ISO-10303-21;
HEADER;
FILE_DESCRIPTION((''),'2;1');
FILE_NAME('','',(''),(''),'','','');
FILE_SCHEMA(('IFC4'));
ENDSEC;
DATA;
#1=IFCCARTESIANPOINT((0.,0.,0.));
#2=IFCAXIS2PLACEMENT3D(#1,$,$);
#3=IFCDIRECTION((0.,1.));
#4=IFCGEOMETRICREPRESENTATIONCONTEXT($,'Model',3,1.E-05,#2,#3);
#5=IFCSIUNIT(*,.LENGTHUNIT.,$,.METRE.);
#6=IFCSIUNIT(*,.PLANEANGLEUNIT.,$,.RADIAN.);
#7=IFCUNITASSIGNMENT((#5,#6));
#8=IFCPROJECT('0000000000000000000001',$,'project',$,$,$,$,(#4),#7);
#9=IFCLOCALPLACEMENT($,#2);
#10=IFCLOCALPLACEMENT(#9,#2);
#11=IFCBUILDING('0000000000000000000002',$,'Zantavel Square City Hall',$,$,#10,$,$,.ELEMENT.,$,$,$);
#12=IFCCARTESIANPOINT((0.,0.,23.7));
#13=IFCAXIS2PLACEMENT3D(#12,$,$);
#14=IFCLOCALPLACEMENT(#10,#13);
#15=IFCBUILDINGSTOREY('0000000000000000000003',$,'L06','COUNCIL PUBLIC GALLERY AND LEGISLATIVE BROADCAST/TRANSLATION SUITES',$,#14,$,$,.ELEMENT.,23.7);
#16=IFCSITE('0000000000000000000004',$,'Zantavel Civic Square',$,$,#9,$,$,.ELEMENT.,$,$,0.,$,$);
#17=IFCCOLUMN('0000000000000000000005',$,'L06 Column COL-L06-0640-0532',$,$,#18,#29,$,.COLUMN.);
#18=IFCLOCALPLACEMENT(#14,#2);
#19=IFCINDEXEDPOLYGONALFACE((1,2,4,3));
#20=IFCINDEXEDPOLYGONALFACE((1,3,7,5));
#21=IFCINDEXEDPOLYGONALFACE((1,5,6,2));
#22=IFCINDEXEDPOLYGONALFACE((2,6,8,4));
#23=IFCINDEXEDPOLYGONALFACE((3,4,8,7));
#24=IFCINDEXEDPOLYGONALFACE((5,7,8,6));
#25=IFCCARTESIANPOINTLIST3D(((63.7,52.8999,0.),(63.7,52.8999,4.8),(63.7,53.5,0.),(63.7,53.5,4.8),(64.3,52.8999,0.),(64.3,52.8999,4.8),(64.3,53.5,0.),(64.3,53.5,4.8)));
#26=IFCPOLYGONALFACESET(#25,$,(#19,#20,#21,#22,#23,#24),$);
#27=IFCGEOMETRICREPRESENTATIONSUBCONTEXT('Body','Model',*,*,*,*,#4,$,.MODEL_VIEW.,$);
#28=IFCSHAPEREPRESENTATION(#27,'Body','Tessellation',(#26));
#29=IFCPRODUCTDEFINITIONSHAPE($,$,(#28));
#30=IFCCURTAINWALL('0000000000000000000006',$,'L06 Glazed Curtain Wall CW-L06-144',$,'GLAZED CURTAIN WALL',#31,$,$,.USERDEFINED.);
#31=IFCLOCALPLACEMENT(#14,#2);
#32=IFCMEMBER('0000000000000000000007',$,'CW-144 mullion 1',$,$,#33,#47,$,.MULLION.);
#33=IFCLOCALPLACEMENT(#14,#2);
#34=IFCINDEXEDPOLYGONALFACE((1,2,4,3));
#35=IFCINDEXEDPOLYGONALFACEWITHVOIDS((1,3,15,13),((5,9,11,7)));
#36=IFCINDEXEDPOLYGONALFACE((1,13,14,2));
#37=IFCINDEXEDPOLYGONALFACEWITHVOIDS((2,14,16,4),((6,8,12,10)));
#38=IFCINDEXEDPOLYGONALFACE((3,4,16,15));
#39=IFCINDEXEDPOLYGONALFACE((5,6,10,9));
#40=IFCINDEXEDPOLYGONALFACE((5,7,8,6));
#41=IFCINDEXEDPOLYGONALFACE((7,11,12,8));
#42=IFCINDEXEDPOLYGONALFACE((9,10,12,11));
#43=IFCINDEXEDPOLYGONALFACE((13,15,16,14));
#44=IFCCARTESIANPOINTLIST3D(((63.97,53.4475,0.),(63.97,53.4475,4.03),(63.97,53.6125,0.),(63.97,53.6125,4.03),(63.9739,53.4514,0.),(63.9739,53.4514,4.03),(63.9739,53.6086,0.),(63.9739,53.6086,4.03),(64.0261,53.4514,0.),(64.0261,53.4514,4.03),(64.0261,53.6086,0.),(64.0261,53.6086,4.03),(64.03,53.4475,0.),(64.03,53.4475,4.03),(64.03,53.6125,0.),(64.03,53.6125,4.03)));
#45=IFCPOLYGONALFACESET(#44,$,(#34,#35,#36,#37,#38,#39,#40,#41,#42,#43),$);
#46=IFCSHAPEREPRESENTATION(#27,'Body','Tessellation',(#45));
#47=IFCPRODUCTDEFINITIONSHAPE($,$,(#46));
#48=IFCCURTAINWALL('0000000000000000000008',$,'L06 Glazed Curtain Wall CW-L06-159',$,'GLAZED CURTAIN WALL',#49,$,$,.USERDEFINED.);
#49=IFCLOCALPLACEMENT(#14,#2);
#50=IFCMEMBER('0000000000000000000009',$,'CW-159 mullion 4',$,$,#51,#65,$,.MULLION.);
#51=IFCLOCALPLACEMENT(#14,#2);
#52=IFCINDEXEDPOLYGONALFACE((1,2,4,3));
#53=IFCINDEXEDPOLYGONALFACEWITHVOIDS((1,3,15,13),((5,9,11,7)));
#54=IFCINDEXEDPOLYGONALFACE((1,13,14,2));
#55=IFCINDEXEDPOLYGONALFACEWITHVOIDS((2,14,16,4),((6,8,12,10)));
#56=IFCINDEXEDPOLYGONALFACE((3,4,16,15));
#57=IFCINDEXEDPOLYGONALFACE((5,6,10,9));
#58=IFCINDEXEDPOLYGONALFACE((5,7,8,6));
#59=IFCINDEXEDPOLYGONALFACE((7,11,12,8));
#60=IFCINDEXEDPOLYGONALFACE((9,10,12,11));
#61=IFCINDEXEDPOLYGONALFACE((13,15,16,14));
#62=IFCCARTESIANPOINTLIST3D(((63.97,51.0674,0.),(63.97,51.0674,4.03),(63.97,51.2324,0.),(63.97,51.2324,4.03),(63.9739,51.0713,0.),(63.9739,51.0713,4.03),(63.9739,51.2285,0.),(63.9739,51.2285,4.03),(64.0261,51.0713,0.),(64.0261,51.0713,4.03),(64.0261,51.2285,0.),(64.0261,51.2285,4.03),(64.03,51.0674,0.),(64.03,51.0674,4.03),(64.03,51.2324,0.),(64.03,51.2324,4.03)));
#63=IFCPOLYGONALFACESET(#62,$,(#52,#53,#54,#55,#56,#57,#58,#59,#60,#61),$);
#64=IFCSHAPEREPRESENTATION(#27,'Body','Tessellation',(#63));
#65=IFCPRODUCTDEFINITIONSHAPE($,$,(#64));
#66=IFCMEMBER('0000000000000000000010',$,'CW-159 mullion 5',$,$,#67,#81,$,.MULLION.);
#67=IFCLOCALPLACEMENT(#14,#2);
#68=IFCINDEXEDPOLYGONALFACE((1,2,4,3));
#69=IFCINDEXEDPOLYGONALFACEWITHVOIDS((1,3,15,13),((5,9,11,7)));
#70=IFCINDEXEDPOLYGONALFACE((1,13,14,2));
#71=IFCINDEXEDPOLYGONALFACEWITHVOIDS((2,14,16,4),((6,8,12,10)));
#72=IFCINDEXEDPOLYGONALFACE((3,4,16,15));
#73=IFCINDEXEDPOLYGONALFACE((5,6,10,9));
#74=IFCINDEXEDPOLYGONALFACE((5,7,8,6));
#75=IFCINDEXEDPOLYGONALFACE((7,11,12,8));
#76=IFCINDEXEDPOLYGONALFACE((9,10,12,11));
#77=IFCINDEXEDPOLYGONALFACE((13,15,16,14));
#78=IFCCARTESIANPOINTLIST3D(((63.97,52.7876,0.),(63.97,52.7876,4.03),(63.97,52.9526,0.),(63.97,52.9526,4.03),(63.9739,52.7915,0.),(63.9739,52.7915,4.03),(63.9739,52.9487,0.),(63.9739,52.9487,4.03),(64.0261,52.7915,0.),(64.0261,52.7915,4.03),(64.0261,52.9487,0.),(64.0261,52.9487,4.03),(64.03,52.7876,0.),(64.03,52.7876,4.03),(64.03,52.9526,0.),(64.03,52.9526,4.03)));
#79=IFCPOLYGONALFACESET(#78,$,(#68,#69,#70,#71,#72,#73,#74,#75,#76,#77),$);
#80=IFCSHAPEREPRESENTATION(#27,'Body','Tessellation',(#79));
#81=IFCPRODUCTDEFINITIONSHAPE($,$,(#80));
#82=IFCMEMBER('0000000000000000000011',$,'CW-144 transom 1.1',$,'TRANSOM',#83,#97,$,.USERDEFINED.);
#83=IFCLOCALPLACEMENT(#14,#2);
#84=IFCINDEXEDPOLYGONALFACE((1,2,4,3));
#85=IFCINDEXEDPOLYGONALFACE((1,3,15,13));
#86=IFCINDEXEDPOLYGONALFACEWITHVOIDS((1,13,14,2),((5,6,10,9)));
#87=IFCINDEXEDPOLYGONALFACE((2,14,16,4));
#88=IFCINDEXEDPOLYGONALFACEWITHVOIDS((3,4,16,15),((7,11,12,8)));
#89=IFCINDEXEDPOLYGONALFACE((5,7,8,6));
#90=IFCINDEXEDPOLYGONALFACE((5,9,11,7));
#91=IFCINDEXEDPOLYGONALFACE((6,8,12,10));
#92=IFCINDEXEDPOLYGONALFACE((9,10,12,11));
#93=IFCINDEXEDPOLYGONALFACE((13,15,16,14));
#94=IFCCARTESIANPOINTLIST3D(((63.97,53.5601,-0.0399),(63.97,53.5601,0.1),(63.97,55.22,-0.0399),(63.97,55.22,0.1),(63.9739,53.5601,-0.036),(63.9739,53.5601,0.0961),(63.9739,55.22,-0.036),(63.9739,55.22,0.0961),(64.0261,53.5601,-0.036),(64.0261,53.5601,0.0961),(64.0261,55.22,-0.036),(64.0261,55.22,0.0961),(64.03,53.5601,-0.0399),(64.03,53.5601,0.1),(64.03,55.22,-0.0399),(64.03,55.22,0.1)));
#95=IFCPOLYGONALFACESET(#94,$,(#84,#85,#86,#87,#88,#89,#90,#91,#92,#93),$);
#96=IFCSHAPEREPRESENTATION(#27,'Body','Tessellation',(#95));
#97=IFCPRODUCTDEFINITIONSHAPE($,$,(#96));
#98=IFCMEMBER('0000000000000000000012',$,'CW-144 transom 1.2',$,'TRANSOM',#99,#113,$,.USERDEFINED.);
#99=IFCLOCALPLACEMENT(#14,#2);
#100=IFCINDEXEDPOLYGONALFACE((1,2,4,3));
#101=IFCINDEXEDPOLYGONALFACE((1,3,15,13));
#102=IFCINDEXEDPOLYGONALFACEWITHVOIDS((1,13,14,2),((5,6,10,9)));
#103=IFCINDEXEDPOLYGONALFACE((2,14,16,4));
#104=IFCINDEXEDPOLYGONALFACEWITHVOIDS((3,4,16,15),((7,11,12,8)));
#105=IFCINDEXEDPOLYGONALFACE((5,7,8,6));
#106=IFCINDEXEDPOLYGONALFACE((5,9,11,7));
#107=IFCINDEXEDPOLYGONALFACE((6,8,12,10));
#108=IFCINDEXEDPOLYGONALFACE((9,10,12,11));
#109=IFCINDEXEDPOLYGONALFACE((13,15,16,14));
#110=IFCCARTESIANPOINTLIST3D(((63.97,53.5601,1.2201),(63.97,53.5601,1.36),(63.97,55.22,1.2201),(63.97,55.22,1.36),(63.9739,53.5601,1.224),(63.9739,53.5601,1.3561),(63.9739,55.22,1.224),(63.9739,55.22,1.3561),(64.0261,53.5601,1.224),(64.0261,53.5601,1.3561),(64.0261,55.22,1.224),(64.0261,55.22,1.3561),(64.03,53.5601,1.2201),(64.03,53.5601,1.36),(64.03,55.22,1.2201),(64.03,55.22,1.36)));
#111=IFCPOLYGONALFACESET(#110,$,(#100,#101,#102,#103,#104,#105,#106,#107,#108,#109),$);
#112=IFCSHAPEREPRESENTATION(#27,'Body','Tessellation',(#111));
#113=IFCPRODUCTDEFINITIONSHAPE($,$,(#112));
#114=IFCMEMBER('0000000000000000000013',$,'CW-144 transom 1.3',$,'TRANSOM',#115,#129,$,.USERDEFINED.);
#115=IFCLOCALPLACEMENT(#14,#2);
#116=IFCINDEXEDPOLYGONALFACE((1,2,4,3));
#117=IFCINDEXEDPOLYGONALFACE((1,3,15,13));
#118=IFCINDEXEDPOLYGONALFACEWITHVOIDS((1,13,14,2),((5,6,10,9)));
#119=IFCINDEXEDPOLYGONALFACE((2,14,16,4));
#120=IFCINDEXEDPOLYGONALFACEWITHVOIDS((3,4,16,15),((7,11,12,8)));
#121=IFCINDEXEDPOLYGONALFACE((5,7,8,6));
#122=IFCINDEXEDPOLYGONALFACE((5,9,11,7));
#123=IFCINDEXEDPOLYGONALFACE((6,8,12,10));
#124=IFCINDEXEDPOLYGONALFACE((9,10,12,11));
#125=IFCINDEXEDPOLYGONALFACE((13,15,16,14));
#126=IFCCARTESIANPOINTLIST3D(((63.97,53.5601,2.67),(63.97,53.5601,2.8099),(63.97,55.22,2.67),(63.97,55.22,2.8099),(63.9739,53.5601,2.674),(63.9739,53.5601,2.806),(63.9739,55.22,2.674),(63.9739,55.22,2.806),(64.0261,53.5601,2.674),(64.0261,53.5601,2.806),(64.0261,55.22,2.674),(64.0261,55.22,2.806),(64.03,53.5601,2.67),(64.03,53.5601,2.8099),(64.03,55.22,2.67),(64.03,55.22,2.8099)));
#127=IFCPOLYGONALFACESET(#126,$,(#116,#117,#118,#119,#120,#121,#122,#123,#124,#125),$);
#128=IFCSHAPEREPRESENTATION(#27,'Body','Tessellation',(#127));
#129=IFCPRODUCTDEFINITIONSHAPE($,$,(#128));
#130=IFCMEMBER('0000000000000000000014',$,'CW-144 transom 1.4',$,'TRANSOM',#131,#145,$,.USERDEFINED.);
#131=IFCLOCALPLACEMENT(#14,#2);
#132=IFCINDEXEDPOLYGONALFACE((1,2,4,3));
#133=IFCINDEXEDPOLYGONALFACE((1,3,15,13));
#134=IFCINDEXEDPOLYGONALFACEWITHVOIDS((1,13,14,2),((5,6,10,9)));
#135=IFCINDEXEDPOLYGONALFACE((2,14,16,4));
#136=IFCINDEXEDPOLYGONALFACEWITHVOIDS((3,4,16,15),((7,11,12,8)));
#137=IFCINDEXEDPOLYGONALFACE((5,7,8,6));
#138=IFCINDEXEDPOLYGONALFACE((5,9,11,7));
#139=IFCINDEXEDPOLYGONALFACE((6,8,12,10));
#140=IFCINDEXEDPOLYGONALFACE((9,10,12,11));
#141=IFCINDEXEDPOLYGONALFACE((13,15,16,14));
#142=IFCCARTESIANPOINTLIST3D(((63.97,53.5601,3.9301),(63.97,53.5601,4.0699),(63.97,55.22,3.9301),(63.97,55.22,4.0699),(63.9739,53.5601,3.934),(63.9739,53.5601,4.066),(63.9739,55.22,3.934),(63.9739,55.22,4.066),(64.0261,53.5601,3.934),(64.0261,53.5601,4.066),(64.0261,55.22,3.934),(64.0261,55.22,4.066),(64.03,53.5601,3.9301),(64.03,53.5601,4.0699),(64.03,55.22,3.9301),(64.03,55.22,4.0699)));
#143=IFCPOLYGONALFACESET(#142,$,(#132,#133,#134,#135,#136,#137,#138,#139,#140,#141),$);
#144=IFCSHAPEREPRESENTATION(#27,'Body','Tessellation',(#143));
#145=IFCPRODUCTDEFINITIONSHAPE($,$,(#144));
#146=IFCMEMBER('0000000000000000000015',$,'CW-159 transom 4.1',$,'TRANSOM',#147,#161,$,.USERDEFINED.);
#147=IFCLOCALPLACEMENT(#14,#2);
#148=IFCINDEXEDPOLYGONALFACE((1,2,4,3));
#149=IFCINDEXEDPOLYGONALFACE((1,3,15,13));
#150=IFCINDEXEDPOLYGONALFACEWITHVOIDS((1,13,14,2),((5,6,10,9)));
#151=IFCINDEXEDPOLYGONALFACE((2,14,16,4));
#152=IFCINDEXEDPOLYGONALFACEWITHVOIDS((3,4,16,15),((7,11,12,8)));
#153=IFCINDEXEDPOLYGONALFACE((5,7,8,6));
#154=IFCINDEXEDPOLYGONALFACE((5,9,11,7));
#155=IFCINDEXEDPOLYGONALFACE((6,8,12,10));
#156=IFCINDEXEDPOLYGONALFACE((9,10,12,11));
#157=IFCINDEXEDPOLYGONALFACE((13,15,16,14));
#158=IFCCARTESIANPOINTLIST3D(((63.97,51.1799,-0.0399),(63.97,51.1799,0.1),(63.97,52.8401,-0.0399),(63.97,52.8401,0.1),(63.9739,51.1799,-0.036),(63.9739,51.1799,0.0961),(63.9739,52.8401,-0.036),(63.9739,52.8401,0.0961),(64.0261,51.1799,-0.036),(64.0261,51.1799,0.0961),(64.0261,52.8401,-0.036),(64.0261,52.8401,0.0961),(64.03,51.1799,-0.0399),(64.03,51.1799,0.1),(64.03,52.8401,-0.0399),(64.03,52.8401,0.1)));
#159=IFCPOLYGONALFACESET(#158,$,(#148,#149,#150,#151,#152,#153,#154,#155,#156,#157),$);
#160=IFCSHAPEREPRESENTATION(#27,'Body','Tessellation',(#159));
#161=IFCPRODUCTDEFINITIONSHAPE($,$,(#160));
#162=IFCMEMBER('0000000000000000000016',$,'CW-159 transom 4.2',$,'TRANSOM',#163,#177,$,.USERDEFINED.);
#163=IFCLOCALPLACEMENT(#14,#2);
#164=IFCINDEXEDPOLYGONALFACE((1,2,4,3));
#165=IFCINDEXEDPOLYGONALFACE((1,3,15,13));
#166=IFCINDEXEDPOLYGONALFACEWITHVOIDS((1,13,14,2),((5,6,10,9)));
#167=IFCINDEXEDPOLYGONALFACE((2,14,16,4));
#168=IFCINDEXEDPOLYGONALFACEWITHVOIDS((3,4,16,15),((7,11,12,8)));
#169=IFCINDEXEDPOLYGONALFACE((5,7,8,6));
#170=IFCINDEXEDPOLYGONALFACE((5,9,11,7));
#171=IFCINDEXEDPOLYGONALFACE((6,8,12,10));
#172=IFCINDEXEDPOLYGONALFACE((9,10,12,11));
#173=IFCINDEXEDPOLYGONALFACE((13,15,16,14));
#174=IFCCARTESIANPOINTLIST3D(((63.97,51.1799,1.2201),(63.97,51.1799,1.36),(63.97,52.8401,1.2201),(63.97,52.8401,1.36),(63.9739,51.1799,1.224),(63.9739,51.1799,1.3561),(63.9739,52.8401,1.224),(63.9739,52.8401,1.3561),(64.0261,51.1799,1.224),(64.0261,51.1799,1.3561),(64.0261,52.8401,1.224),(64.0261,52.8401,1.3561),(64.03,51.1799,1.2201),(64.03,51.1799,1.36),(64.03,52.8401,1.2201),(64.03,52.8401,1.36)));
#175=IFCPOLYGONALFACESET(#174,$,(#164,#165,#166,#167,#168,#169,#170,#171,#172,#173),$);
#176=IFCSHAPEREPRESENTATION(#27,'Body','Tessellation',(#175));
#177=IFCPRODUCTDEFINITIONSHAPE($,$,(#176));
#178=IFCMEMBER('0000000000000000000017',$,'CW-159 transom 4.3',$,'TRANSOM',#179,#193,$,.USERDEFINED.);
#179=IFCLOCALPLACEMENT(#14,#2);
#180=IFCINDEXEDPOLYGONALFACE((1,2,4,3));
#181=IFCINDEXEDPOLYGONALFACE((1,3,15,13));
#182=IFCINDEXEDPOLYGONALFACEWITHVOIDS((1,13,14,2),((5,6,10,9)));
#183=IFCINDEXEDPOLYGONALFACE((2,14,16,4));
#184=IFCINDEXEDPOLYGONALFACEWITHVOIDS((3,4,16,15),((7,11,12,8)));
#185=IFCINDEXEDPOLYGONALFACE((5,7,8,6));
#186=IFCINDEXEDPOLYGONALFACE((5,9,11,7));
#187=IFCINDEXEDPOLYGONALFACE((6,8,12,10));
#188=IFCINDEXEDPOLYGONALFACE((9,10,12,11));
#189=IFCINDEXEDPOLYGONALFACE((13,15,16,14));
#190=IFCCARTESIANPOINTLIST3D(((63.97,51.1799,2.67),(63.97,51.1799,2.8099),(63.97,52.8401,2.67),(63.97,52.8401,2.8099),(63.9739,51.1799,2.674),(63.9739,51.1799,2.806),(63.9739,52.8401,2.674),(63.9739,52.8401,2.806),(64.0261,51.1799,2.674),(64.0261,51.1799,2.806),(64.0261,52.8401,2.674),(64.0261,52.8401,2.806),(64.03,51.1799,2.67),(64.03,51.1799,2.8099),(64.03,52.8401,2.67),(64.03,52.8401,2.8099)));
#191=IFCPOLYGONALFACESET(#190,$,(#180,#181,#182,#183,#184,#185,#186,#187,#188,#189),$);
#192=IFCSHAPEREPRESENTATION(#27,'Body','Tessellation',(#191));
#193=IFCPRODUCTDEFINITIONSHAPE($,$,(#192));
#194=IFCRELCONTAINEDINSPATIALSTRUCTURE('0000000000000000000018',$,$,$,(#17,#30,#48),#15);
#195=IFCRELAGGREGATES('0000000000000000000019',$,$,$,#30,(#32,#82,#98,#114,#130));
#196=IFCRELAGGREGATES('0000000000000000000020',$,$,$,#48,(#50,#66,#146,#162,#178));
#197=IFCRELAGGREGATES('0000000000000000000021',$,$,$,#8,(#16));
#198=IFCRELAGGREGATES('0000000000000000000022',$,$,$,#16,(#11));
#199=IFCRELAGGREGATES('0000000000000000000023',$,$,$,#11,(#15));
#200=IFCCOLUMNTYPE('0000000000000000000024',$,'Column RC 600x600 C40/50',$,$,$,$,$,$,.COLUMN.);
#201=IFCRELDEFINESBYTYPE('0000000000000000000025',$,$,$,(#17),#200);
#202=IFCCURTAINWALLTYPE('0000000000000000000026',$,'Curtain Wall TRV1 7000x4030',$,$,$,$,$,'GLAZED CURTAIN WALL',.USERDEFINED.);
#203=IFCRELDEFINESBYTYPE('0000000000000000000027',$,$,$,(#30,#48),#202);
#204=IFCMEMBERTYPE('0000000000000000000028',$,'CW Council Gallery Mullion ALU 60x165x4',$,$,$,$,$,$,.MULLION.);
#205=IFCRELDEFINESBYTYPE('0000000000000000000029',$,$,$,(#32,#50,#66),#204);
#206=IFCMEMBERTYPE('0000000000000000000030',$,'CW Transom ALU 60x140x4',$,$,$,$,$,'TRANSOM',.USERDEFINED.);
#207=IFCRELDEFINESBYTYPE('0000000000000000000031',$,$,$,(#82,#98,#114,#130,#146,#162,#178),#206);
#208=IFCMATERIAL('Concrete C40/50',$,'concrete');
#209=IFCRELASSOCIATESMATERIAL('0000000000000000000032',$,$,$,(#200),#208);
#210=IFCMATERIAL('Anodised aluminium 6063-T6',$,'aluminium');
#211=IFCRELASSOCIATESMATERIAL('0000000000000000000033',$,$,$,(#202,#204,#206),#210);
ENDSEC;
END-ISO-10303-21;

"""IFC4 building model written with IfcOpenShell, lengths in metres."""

from ifc_helpers import new_model, si_unit, direction, frame, origin, origin_2d, place, context, subcontext, project, spatial, rectangle, hollow_rectangle, extrude, material, material_profile, profile_set, type_object, element, aggregate, save


model = new_model("IFC4")

# Units and contexts
model_context = context("Model", 3, precision=1e-05, world=origin(), true_north=direction((0.0, 1.0)))
body_context = subcontext(model_context, "Body", "Model", "MODEL_VIEW")
ifc_project = project(units=[si_unit("LENGTHUNIT", "METRE"), si_unit("PLANEANGLEUNIT", "RADIAN")], contexts=[model_context])

# Site, building, storey
site_placement = place(None, origin())
site = spatial("IfcSite", under=ifc_project, at=site_placement, Name="Zantavel Civic Square", CompositionType="ELEMENT", RefElevation=0.0)
building_placement = place(site_placement, origin())
building = spatial("IfcBuilding", under=site, at=building_placement, Name="Zantavel Square City Hall", CompositionType="ELEMENT")
storey_placement = place(building_placement, frame((0.0, 0.0, 23.7)))
storey = spatial("IfcBuildingStorey", under=building, at=storey_placement, Name="L06", Description="COUNCIL PUBLIC GALLERY AND LEGISLATIVE BROADCAST/TRANSLATION SUITES", CompositionType="ELEMENT", Elevation=23.7)

# Column
ifc_material_1 = material(Name="Concrete C40/50", Category="concrete")
ifc_material_profile_1 = material_profile(ifc_material_1, rectangle(XDim=0.6001, YDim=0.6001, at=origin_2d()), Name="RC 600x600")
ifc_profile_set_1 = profile_set([ifc_material_profile_1], Name="Concrete C40/50")
column_type = type_object("IfcColumnType", Name="Column RC 600x600 C40/50", PredefinedType="COLUMN", material=ifc_profile_set_1)
column_placement = place(storey_placement, frame((64.0, 53.2, 0.0), z_axis=(0.0, 0.0, 1.0), x_axis=(1.0, 0.0, 0.0)))
element("IfcColumn", 1, at=column_placement, inside=storey, type_object=column_type, Name="L06 Column COL-L06-0640-0532", PredefinedType="COLUMN", context=body_context, shape_type="SweptSolid", body=[
    extrude(rectangle(XDim=0.6001, YDim=0.6001, at=origin_2d()), origin(), (0.0, 0.0, 1.0), 4.8),
])

# Curtain wall, member
ifc_material_2 = material(Name="Anodised aluminium 6063-T6", Category="aluminium")
curtain_wall_type = type_object("IfcCurtainWallType", Name="Curtain Wall TRV1 7000x4030", ElementType="GLAZED CURTAIN WALL", PredefinedType="USERDEFINED", material=ifc_material_2)
curtain_wall_1_placement = place(storey_placement, origin())
curtain_wall_1 = element("IfcCurtainWall", 2, at=curtain_wall_1_placement, inside=storey, type_object=curtain_wall_type, Name="L06 Glazed Curtain Wall CW-L06-144", ObjectType="GLAZED CURTAIN WALL", PredefinedType="USERDEFINED")
ifc_material_profile_2 = material_profile(ifc_material_2, hollow_rectangle(XDim=0.0601, YDim=0.165, WallThickness=0.0039, at=origin_2d()), Name="ALU 60x165x4")
ifc_profile_set_2 = profile_set([ifc_material_profile_2], Name="Anodised aluminium 6063-T6")
member_type_1 = type_object("IfcMemberType", Name="CW Council Gallery Mullion ALU 60x165x4", PredefinedType="MULLION", material=ifc_profile_set_2)
member_1_placement = place(storey_placement, frame((64.0, 53.53, 0.0), z_axis=(0.0, 0.0, 1.0), x_axis=(-1.0, 0.0, 0.0)))
member_1 = element("IfcMember", 3, at=member_1_placement, type_object=member_type_1, Name="CW-144 mullion 1", PredefinedType="MULLION", context=body_context, shape_type="SweptSolid", body=[
    extrude(hollow_rectangle(XDim=0.0601, YDim=0.165, WallThickness=0.0039, at=origin_2d()), origin(), (0.0, 0.0, 1.0), 4.03),
])

# Curtain wall, members
curtain_wall_2_placement = place(storey_placement, origin())
curtain_wall_2 = element("IfcCurtainWall", 4, at=curtain_wall_2_placement, inside=storey, type_object=curtain_wall_type, Name="L06 Glazed Curtain Wall CW-L06-159", ObjectType="GLAZED CURTAIN WALL", PredefinedType="USERDEFINED")
member_2_placement = place(storey_placement, frame((64.0, 51.1499, 0.0), z_axis=(0.0, 0.0, 1.0), x_axis=(-1.0, 0.0, 0.0)))
member_2 = element("IfcMember", 5, at=member_2_placement, type_object=member_type_1, Name="CW-159 mullion 4", PredefinedType="MULLION", context=body_context, shape_type="SweptSolid", body=[
    extrude(hollow_rectangle(XDim=0.0601, YDim=0.165, WallThickness=0.0039, at=origin_2d()), origin(), (0.0, 0.0, 1.0), 4.03),
])
member_3_placement = place(storey_placement, frame((64.0, 52.8701, 0.0), z_axis=(0.0, 0.0, 1.0), x_axis=(-1.0, 0.0, 0.0)))
member_3 = element("IfcMember", 6, at=member_3_placement, type_object=member_type_1, Name="CW-159 mullion 5", PredefinedType="MULLION", context=body_context, shape_type="SweptSolid", body=[
    extrude(hollow_rectangle(XDim=0.0601, YDim=0.165, WallThickness=0.0039, at=origin_2d()), origin(), (0.0, 0.0, 1.0), 4.03),
])

# Members
ifc_material_profile_3 = material_profile(ifc_material_2, hollow_rectangle(XDim=0.0601, YDim=0.1399, WallThickness=0.0039, at=origin_2d()), Name="ALU 60x140x4")
ifc_profile_set_3 = profile_set([ifc_material_profile_3], Name="Anodised aluminium 6063-T6")
member_type_2 = type_object("IfcMemberType", Name="CW Transom ALU 60x140x4", ElementType="TRANSOM", PredefinedType="USERDEFINED", material=ifc_profile_set_3)
member_4_placement = place(storey_placement, frame((64.0, 53.5601, 0.03), z_axis=(0.0, 1.0, 0.0), x_axis=(-1.0, 0.0, 0.0)))
member_4 = element("IfcMember", 7, at=member_4_placement, type_object=member_type_2, Name="CW-144 transom 1.1", ObjectType="TRANSOM", PredefinedType="USERDEFINED", context=body_context, shape_type="SweptSolid", body=[
    extrude(hollow_rectangle(XDim=0.0601, YDim=0.1399, WallThickness=0.0039, at=origin_2d()), origin(), (0.0, 0.0, 1.0), 1.6599),
])
member_5_placement = place(storey_placement, frame((64.0, 53.5601, 1.29), z_axis=(0.0, 1.0, 0.0), x_axis=(-1.0, 0.0, 0.0)))
member_5 = element("IfcMember", 8, at=member_5_placement, type_object=member_type_2, Name="CW-144 transom 1.2", ObjectType="TRANSOM", PredefinedType="USERDEFINED", context=body_context, shape_type="SweptSolid", body=[
    extrude(hollow_rectangle(XDim=0.0601, YDim=0.1399, WallThickness=0.0039, at=origin_2d()), origin(), (0.0, 0.0, 1.0), 1.6599),
])
member_6_placement = place(storey_placement, frame((64.0, 53.5601, 2.74), z_axis=(0.0, 1.0, 0.0), x_axis=(-1.0, 0.0, 0.0)))
member_6 = element("IfcMember", 9, at=member_6_placement, type_object=member_type_2, Name="CW-144 transom 1.3", ObjectType="TRANSOM", PredefinedType="USERDEFINED", context=body_context, shape_type="SweptSolid", body=[
    extrude(hollow_rectangle(XDim=0.0601, YDim=0.1399, WallThickness=0.0039, at=origin_2d()), origin(), (0.0, 0.0, 1.0), 1.6599),
])
member_7_placement = place(storey_placement, frame((64.0, 53.5601, 4.0), z_axis=(0.0, 1.0, 0.0), x_axis=(-1.0, 0.0, 0.0)))
member_7 = element("IfcMember", 10, at=member_7_placement, type_object=member_type_2, Name="CW-144 transom 1.4", ObjectType="TRANSOM", PredefinedType="USERDEFINED", context=body_context, shape_type="SweptSolid", body=[
    extrude(hollow_rectangle(XDim=0.0601, YDim=0.1399, WallThickness=0.0039, at=origin_2d()), origin(), (0.0, 0.0, 1.0), 1.6599),
])
member_8_placement = place(storey_placement, frame((64.0, 51.1799, 0.03), z_axis=(0.0, 1.0, 0.0), x_axis=(-1.0, 0.0, 0.0)))
member_8 = element("IfcMember", 11, at=member_8_placement, type_object=member_type_2, Name="CW-159 transom 4.1", ObjectType="TRANSOM", PredefinedType="USERDEFINED", context=body_context, shape_type="SweptSolid", body=[
    extrude(hollow_rectangle(XDim=0.0601, YDim=0.1399, WallThickness=0.0039, at=origin_2d()), origin(), (0.0, 0.0, 1.0), 1.6602),
])
member_9_placement = place(storey_placement, frame((64.0, 51.1799, 1.29), z_axis=(0.0, 1.0, 0.0), x_axis=(-1.0, 0.0, 0.0)))
member_9 = element("IfcMember", 12, at=member_9_placement, type_object=member_type_2, Name="CW-159 transom 4.2", ObjectType="TRANSOM", PredefinedType="USERDEFINED", context=body_context, shape_type="SweptSolid", body=[
    extrude(hollow_rectangle(XDim=0.0601, YDim=0.1399, WallThickness=0.0039, at=origin_2d()), origin(), (0.0, 0.0, 1.0), 1.6602),
])
member_10_placement = place(storey_placement, frame((64.0, 51.1799, 2.74), z_axis=(0.0, 1.0, 0.0), x_axis=(-1.0, 0.0, 0.0)))
member_10 = element("IfcMember", 13, at=member_10_placement, type_object=member_type_2, Name="CW-159 transom 4.3", ObjectType="TRANSOM", PredefinedType="USERDEFINED", context=body_context, shape_type="SweptSolid", body=[
    extrude(hollow_rectangle(XDim=0.0601, YDim=0.1399, WallThickness=0.0039, at=origin_2d()), origin(), (0.0, 0.0, 1.0), 1.6602),
])

aggregate(curtain_wall_1, [member_1, member_4, member_5, member_6, member_7])
aggregate(curtain_wall_2, [member_2, member_3, member_8, member_9, member_10])

save(model, "model.ifc")
